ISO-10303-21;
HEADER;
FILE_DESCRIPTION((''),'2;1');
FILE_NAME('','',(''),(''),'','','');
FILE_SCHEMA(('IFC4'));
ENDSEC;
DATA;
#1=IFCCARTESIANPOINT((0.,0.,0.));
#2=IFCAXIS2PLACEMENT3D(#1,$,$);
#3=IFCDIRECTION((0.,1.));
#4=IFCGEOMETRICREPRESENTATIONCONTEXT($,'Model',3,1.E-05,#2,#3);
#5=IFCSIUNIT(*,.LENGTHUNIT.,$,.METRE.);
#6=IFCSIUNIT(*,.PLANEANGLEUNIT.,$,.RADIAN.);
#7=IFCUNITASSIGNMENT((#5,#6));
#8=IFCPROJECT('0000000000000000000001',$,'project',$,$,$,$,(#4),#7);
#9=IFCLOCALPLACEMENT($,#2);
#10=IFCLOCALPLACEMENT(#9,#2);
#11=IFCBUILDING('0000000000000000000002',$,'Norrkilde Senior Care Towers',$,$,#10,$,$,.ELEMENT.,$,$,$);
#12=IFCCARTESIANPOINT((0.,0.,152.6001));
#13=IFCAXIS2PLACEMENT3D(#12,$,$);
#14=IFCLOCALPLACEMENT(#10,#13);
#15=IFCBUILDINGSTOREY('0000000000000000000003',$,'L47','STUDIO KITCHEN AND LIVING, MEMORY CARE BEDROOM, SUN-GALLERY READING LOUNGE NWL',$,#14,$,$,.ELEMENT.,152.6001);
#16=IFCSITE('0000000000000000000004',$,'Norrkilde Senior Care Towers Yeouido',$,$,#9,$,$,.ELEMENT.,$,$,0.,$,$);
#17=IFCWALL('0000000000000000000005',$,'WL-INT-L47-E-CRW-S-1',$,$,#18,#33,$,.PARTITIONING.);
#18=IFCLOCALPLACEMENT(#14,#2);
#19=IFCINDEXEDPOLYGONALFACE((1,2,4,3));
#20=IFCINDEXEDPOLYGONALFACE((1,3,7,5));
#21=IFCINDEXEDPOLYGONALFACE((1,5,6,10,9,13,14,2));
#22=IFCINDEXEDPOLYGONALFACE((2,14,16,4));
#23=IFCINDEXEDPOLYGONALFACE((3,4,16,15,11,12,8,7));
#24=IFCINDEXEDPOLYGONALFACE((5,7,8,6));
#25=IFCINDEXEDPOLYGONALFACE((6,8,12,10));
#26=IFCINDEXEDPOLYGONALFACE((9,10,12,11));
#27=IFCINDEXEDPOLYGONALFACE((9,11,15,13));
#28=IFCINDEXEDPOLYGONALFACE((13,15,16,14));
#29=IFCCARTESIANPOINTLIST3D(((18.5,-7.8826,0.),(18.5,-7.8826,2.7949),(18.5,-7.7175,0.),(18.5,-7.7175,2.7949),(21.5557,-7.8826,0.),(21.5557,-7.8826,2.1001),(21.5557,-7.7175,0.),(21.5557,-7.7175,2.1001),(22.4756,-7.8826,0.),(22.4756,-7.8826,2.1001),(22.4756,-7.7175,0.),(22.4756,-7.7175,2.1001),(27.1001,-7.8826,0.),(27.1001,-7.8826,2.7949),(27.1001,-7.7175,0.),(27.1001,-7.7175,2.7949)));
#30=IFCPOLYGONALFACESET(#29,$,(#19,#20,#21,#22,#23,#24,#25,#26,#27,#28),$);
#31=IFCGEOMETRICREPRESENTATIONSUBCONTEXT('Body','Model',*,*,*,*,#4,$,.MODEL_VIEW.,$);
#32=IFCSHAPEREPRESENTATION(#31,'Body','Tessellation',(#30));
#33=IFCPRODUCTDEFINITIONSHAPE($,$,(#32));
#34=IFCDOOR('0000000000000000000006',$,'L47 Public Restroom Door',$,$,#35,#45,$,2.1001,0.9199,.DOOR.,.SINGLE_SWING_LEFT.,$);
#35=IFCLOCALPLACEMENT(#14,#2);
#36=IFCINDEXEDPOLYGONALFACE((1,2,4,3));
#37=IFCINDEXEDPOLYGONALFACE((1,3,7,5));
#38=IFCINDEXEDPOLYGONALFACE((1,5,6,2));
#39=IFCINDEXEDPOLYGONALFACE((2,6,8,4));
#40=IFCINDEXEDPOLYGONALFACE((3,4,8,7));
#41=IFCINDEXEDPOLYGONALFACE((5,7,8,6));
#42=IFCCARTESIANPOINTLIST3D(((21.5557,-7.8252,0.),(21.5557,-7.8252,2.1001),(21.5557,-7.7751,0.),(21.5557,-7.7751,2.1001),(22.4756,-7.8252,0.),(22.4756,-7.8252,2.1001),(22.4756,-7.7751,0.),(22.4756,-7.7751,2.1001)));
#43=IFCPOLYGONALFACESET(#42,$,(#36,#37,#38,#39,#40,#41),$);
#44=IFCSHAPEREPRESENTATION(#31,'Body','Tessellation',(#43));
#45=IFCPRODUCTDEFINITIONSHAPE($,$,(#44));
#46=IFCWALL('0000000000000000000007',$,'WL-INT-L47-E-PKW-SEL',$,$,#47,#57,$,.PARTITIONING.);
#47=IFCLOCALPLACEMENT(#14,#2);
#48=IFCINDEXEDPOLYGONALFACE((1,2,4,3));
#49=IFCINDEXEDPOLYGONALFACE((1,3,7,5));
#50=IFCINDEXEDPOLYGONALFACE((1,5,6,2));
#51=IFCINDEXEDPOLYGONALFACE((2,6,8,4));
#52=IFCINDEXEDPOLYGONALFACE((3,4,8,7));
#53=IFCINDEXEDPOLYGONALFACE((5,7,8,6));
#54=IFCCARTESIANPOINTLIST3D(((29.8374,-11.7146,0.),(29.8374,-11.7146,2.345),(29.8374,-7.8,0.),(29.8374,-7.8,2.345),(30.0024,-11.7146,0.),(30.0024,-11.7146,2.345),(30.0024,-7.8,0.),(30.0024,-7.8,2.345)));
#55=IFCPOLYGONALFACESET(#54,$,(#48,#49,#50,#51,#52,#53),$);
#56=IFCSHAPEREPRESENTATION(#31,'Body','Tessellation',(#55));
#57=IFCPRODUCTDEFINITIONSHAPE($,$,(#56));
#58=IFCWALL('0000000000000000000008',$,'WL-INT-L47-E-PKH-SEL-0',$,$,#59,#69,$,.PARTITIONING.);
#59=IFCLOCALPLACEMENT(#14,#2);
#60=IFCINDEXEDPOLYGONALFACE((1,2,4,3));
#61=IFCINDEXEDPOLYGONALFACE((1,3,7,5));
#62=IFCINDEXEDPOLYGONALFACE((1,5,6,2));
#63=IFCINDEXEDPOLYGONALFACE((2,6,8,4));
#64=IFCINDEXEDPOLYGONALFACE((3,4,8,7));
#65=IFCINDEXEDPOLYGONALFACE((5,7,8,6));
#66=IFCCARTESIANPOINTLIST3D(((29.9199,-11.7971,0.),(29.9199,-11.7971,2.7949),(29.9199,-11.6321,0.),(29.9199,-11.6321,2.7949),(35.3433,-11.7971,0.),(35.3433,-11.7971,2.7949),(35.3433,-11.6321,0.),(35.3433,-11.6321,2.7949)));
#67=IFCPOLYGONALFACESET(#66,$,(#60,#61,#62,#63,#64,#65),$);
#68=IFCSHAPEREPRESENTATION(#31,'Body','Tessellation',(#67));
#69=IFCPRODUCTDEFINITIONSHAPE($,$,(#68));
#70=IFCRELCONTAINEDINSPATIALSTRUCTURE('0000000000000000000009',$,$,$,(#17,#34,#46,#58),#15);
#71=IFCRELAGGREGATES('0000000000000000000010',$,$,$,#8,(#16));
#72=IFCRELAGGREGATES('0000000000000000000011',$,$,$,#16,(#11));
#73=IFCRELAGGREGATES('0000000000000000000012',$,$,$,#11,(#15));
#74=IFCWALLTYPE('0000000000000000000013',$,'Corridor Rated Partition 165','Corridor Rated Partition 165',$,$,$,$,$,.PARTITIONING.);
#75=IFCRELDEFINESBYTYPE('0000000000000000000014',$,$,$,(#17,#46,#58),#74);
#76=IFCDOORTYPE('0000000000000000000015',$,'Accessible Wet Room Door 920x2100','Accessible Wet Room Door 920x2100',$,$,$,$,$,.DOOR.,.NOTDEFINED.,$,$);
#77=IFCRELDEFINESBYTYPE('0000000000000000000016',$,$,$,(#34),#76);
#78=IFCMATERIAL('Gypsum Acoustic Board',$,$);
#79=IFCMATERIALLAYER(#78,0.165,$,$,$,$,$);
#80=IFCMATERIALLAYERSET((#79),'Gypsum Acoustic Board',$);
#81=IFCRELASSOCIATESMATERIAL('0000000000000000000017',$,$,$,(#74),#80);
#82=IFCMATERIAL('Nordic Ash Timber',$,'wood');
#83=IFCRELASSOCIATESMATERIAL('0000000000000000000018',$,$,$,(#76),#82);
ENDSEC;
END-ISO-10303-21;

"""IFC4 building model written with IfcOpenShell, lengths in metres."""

from ifc_helpers import new_model, si_unit, direction, frame, frame_2d, origin, place, context, subcontext, project, spatial, rectangle, extrude, source, transform, mapped, material, layer, layer_set, type_object, type_shapes, element, fill, save


model = new_model("IFC4")

# Units and contexts
model_context = context("Model", 3, precision=1e-05, world=origin(), true_north=direction((0.0, 1.0)))
body_context = subcontext(model_context, "Body", "Model", "MODEL_VIEW")
ifc_project = project(units=[si_unit("LENGTHUNIT", "METRE"), si_unit("PLANEANGLEUNIT", "RADIAN")], contexts=[model_context])

# Site, building, storey
site_placement = place(None, origin())
site = spatial("IfcSite", under=ifc_project, at=site_placement, Name="Norrkilde Senior Care Towers Yeouido", CompositionType="ELEMENT", RefElevation=0.0)
building_placement = place(site_placement, origin())
building = spatial("IfcBuilding", under=site, at=building_placement, Name="Norrkilde Senior Care Towers", CompositionType="ELEMENT")
storey_placement = place(building_placement, frame((0.0, 0.0, 152.6001)))
storey = spatial("IfcBuildingStorey", under=building, at=storey_placement, Name="L47", Description="STUDIO KITCHEN AND LIVING, MEMORY CARE BEDROOM, SUN-GALLERY READING LOUNGE NWL", CompositionType="ELEMENT", Elevation=152.6001)

# Wall, opening, door
ifc_material_1 = material(Name="Gypsum Acoustic Board")
ifc_layer_1 = layer(ifc_material_1, 0.165)
ifc_layer_set_1 = layer_set([ifc_layer_1], Name="Gypsum Acoustic Board")
wall_type_1 = type_object("IfcWallType", Name="Corridor Rated Partition 165", Description="Corridor Rated Partition 165", PredefinedType="PARTITIONING", material=ifc_layer_set_1)
shared_shape_1 = source(origin(), body_context, "Body", "SweptSolid", [
    extrude(rectangle(XDim=8.6001, YDim=0.165, at=frame_2d((4.3, 0.0))), origin(), (0.0, 0.0, 1.0), 2.7949),
])
wall_1_placement = place(storey_placement, frame((27.1001, -7.8, 0.0), z_axis=(0.0, 0.0, 1.0), x_axis=(-1.0, 0.0, 0.0)))
wall_1 = element("IfcWall", 1, at=wall_1_placement, inside=storey, type_object=wall_type_1, Name="WL-INT-L47-E-CRW-S-1", PredefinedType="PARTITIONING", context=body_context, shape_type="MappedRepresentation", body=[
    mapped(shared_shape_1, transform((0.0, 0.0, 0.0), x_axis=(1.0, 0.0, 0.0), y_axis=(0.0, 1.0, 0.0), z_axis=(0.0, 0.0, 1.0), scale=1.0)),
])
opening_1_placement = place(wall_1_placement, frame((4.6245, 0.0, 0.0)))
opening_1 = element("IfcOpeningElement", 2, at=opening_1_placement, cuts=wall_1, PredefinedType="OPENING", context=body_context, shape_type="SweptSolid", body=[
    extrude(rectangle(XDim=0.9199, YDim=2.1001, at=frame_2d((0.46, 1.05))), frame((0.0, 0.0925, 0.0), z_axis=(0.0, -1.0, 0.0), x_axis=(1.0, 0.0, 0.0)), (0.0, 0.0, 1.0), 0.1851),
])
ifc_material_2 = material(Name="Nordic Ash Timber", Category="wood")
door_type_1 = type_object("IfcDoorType", Name="Accessible Wet Room Door 920x2100", Description="Accessible Wet Room Door 920x2100", OperationType="NOTDEFINED", PredefinedType="DOOR", material=ifc_material_2)
shared_shape_2 = source(origin(), body_context, "Body", "SweptSolid", [
    extrude(rectangle(XDim=0.9199, YDim=2.1001, at=frame_2d((0.46, 1.05))), frame((0.0, 0.0249, 0.0), z_axis=(0.0, -1.0, 0.0), x_axis=(1.0, 0.0, 0.0)), (0.0, 0.0, 1.0), 0.05),
])
type_shapes(door_type_1, [shared_shape_2])
door_1_placement = place(opening_1_placement, frame((0.9199, 0.0, 0.0), z_axis=(0.0, 0.0, 1.0), x_axis=(-1.0, 0.0, 0.0)))
door_1 = element("IfcDoor", 3, at=door_1_placement, inside=storey, type_object=door_type_1, Name="L47 Public Restroom Door", OperationType="SINGLE_SWING_LEFT", OverallHeight=2.1001, OverallWidth=0.9199, PredefinedType="DOOR", context=body_context, shape_type="MappedRepresentation", body=[
    mapped(shared_shape_2, transform((0.0, 0.0, 0.0), x_axis=(1.0, 0.0, 0.0), y_axis=(0.0, 1.0, 0.0), z_axis=(0.0, 0.0, 1.0), scale=1.0)),
])
fill(opening_1, door_1)

# Walls
shared_shape_3 = source(origin(), body_context, "Body", "SweptSolid", [
    extrude(rectangle(XDim=3.9146, YDim=0.165, at=frame_2d((1.9573, 0.0))), origin(), (0.0, 0.0, 1.0), 2.345),
])
wall_2_placement = place(storey_placement, frame((29.9199, -11.7146, 0.0), z_axis=(0.0, 0.0, 1.0), x_axis=(0.0, 1.0, 0.0)))
element("IfcWall", 4, at=wall_2_placement, inside=storey, type_object=wall_type_1, Name="WL-INT-L47-E-PKW-SEL", PredefinedType="PARTITIONING", context=body_context, shape_type="MappedRepresentation", body=[
    mapped(shared_shape_3, transform((0.0, 0.0, 0.0), x_axis=(1.0, 0.0, 0.0), y_axis=(0.0, 1.0, 0.0), z_axis=(0.0, 0.0, 1.0), scale=1.0)),
])
shared_shape_4 = source(origin(), body_context, "Body", "SweptSolid", [
    extrude(rectangle(XDim=5.4233, YDim=0.165, at=frame_2d((2.7117, 0.0))), origin(), (0.0, 0.0, 1.0), 2.7949),
])
wall_3_placement = place(storey_placement, frame((29.9199, -11.7146, 0.0), z_axis=(0.0, 0.0, 1.0), x_axis=(1.0, 0.0, 0.0)))
element("IfcWall", 5, at=wall_3_placement, inside=storey, type_object=wall_type_1, Name="WL-INT-L47-E-PKH-SEL-0", PredefinedType="PARTITIONING", context=body_context, shape_type="MappedRepresentation", body=[
    mapped(shared_shape_4, transform((0.0, 0.0, 0.0), x_axis=(1.0, 0.0, 0.0), y_axis=(0.0, 1.0, 0.0), z_axis=(0.0, 0.0, 1.0), scale=1.0)),
])

save(model, "model.ifc")
